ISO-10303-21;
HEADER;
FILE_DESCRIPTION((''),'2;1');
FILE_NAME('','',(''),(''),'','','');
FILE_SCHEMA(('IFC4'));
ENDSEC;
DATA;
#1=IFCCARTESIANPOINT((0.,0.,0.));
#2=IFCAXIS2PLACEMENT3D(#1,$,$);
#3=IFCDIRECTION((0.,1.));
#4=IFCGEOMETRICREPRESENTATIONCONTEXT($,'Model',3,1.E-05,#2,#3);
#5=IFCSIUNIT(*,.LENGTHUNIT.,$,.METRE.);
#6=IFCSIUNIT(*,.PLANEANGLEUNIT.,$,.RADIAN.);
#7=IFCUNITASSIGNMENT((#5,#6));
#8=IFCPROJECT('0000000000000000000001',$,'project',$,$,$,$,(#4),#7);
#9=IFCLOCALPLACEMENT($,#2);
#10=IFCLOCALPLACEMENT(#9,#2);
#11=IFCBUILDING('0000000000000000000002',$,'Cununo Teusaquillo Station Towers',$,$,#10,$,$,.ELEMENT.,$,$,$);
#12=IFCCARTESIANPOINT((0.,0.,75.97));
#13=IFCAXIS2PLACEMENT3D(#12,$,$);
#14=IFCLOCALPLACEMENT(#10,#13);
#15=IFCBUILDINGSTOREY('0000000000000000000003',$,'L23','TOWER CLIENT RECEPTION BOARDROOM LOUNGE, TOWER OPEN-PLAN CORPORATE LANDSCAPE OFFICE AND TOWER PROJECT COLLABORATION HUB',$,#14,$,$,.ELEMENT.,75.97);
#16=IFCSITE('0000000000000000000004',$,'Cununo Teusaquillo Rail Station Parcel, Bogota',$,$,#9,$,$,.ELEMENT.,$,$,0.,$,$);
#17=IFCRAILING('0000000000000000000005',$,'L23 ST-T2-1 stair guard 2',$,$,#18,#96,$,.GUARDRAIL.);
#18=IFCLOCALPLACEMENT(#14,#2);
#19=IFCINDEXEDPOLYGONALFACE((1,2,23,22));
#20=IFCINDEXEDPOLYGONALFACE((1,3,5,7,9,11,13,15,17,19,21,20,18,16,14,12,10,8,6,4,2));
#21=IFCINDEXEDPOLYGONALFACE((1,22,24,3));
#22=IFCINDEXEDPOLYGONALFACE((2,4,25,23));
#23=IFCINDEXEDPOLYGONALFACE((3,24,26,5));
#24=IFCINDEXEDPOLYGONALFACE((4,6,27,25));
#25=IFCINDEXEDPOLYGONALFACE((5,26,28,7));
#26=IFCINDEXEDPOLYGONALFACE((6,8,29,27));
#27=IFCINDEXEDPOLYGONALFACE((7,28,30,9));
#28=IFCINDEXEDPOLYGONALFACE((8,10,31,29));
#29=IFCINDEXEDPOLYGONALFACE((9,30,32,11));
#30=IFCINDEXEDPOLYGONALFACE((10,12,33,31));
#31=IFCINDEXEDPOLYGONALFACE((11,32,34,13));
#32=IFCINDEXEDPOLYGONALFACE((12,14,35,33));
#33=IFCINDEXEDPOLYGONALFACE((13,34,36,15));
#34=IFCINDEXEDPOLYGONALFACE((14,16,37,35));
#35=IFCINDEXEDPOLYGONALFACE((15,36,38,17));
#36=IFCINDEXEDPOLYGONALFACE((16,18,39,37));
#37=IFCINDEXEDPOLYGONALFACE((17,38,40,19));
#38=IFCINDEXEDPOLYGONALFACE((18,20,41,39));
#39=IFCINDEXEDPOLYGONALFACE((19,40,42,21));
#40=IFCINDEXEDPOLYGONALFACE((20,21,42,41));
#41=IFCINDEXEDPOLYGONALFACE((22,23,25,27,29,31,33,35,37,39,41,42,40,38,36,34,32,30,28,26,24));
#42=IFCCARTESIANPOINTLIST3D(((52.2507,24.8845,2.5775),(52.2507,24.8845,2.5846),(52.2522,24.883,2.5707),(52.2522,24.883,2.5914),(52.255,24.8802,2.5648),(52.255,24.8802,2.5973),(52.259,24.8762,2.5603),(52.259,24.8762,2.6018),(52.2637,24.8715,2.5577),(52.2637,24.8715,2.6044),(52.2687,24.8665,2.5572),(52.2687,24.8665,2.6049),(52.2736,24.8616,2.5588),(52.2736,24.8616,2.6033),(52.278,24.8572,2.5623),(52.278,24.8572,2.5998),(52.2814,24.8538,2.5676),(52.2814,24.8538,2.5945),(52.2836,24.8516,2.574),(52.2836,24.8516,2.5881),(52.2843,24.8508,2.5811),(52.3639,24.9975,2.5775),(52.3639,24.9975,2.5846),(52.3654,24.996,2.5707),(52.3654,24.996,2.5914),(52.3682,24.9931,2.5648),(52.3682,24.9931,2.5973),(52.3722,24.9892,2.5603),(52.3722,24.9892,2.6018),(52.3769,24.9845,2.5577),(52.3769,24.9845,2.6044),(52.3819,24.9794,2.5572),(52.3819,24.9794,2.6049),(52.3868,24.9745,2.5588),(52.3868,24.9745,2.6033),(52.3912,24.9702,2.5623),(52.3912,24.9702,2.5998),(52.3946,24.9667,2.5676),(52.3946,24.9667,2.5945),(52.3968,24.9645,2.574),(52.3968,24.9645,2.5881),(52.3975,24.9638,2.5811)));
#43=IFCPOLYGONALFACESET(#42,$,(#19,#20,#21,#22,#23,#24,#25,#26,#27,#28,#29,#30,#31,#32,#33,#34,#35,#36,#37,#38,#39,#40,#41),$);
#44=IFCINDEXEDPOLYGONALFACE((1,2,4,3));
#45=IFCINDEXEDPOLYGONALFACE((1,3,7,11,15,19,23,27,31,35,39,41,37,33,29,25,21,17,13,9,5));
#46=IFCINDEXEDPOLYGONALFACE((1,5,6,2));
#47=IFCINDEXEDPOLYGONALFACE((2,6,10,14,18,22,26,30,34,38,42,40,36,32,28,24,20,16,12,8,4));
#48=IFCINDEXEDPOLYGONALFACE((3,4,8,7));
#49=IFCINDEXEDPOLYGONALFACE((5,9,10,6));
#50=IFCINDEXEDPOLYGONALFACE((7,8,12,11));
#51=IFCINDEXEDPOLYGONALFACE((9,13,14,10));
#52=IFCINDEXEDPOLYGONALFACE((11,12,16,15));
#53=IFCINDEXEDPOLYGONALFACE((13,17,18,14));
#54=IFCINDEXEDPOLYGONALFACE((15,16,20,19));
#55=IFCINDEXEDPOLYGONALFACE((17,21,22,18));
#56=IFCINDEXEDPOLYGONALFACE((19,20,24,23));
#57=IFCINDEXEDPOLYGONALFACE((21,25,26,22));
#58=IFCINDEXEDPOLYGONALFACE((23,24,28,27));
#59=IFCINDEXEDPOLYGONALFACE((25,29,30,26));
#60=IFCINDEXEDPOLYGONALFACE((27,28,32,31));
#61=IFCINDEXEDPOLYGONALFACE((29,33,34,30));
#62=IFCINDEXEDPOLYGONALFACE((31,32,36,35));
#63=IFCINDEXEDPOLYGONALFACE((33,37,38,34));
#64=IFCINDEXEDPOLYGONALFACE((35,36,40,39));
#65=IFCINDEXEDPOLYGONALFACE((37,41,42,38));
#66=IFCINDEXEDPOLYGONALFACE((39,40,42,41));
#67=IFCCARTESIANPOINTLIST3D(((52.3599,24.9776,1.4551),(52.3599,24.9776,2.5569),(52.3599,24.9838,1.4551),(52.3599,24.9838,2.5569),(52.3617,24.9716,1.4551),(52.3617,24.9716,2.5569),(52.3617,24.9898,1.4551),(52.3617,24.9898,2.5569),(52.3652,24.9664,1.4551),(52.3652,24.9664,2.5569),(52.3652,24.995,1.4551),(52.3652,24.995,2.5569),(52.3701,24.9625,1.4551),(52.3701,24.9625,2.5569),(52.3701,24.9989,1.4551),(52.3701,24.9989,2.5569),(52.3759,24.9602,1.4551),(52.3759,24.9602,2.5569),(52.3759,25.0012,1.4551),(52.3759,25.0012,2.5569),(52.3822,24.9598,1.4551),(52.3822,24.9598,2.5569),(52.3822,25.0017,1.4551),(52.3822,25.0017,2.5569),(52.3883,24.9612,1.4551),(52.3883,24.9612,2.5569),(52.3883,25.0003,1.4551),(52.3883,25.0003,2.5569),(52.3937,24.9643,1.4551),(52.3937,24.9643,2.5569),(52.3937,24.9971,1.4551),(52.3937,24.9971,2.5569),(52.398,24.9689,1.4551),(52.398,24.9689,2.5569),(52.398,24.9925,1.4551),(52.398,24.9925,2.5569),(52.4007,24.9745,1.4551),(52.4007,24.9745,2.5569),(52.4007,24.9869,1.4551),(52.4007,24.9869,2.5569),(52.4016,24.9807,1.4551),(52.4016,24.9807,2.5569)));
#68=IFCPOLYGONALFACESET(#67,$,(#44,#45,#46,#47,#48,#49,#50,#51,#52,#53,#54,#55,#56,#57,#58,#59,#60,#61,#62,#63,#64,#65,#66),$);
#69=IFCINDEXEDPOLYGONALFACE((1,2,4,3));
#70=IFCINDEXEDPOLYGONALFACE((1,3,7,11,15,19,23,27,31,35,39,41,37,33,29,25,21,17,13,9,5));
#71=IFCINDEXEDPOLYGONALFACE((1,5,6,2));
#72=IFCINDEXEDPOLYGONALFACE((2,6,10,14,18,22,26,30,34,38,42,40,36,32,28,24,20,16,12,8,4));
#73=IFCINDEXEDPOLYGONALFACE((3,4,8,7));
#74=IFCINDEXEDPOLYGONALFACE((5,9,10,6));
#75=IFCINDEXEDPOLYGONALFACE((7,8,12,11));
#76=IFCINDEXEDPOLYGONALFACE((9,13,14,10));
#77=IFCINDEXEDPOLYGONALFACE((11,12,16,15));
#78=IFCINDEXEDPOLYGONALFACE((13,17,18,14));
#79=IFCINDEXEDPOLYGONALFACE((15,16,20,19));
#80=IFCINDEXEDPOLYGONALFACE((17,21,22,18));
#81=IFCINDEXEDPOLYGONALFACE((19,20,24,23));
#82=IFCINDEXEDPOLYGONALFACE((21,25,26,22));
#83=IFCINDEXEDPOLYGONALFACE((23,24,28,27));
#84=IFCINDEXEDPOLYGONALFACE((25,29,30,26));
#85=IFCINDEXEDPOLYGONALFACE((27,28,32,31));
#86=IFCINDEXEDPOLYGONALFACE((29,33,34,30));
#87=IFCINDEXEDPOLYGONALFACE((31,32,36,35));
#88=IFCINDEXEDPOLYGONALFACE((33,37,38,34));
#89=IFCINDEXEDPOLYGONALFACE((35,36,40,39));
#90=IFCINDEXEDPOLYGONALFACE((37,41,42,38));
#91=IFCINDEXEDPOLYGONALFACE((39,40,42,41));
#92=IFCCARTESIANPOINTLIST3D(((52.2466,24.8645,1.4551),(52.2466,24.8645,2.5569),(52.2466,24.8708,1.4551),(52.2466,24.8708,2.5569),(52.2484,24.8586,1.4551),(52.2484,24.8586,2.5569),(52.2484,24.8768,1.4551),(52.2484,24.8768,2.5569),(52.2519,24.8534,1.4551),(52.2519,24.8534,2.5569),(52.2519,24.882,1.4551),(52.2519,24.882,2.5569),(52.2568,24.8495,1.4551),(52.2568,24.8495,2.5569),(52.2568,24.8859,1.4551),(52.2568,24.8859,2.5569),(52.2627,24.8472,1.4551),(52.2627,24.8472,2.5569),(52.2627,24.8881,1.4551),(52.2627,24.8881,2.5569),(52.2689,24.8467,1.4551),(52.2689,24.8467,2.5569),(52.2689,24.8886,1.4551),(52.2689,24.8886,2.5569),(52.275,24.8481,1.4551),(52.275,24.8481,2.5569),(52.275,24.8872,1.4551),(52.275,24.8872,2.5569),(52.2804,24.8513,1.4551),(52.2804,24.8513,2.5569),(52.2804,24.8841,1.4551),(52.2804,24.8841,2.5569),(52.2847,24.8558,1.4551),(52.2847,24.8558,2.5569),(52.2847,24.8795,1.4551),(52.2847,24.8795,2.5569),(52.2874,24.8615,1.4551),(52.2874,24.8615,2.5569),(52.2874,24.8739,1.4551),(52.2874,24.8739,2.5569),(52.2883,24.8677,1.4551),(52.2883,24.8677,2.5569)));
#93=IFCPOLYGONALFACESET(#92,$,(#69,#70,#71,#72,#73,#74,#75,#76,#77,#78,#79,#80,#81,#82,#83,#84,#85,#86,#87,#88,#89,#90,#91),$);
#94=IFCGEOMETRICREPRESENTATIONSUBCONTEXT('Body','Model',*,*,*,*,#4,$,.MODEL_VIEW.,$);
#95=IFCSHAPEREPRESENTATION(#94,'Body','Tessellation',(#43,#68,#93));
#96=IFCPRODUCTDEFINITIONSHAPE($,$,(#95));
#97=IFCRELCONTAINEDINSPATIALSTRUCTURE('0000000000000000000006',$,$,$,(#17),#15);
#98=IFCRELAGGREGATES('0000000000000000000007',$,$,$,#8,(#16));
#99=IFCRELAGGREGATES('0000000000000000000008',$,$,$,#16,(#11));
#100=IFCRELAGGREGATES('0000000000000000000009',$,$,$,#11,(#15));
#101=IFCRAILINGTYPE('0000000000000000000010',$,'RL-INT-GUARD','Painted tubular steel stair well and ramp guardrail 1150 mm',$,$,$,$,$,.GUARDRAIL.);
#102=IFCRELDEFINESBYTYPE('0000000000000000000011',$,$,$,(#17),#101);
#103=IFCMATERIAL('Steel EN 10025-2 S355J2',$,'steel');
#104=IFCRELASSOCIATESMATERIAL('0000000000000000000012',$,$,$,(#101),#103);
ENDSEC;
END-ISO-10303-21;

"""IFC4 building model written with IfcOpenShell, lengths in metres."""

from ifc_helpers import new_model, si_unit, direction, frame, origin, origin_2d, place, context, subcontext, project, spatial, circle, extrude, material, type_object, element, save


model = new_model("IFC4")

# Units and contexts
model_context = context("Model", 3, precision=1e-05, world=origin(), true_north=direction((0.0, 1.0)))
body_context = subcontext(model_context, "Body", "Model", "MODEL_VIEW")
ifc_project = project(units=[si_unit("LENGTHUNIT", "METRE"), si_unit("PLANEANGLEUNIT", "RADIAN")], contexts=[model_context])

# Site, building, storey
site_placement = place(None, origin())
site = spatial("IfcSite", under=ifc_project, at=site_placement, Name="Cununo Teusaquillo Rail Station Parcel, Bogota", CompositionType="ELEMENT", RefElevation=0.0)
building_placement = place(site_placement, origin())
building = spatial("IfcBuilding", under=site, at=building_placement, Name="Cununo Teusaquillo Station Towers", CompositionType="ELEMENT")
storey_placement = place(building_placement, frame((0.0, 0.0, 75.97)))
storey = spatial("IfcBuildingStorey", under=building, at=storey_placement, Name="L23", Description="TOWER CLIENT RECEPTION BOARDROOM LOUNGE, TOWER OPEN-PLAN CORPORATE LANDSCAPE OFFICE AND TOWER PROJECT COLLABORATION HUB", CompositionType="ELEMENT", Elevation=75.97)

# Railing
ifc_material_1 = material(Name="Steel EN 10025-2 S355J2", Category="steel")
railing_type_1 = type_object("IfcRailingType", Name="RL-INT-GUARD", Description="Painted tubular steel stair well and ramp guardrail 1150 mm", PredefinedType="GUARDRAIL", material=ifc_material_1)
railing_1_placement = place(storey_placement, frame((52.3806, 24.9807, 1.4551)))
element("IfcRailing", 1, at=railing_1_placement, inside=storey, type_object=railing_type_1, Name="L23 ST-T2-1 stair guard 2", PredefinedType="GUARDRAIL", context=body_context, shape_type="SweptSolid", body=[
    extrude(circle(Radius=0.0239, at=origin_2d()), frame((0.0, 0.0, 1.126), z_axis=(-0.707869, -0.706344, 0.0), x_axis=(0.706344, -0.707869, 0.0)), (0.0, 0.0, 1.0), 0.1599),
    extrude(circle(Radius=0.021, at=origin_2d()), origin(), (0.0, 0.0, 1.0), 1.1018),
    extrude(circle(Radius=0.021, at=origin_2d()), frame((-0.1133, -0.113, 0.0)), (0.0, 0.0, 1.0), 1.1018),
])

save(model, "model.ifc")
